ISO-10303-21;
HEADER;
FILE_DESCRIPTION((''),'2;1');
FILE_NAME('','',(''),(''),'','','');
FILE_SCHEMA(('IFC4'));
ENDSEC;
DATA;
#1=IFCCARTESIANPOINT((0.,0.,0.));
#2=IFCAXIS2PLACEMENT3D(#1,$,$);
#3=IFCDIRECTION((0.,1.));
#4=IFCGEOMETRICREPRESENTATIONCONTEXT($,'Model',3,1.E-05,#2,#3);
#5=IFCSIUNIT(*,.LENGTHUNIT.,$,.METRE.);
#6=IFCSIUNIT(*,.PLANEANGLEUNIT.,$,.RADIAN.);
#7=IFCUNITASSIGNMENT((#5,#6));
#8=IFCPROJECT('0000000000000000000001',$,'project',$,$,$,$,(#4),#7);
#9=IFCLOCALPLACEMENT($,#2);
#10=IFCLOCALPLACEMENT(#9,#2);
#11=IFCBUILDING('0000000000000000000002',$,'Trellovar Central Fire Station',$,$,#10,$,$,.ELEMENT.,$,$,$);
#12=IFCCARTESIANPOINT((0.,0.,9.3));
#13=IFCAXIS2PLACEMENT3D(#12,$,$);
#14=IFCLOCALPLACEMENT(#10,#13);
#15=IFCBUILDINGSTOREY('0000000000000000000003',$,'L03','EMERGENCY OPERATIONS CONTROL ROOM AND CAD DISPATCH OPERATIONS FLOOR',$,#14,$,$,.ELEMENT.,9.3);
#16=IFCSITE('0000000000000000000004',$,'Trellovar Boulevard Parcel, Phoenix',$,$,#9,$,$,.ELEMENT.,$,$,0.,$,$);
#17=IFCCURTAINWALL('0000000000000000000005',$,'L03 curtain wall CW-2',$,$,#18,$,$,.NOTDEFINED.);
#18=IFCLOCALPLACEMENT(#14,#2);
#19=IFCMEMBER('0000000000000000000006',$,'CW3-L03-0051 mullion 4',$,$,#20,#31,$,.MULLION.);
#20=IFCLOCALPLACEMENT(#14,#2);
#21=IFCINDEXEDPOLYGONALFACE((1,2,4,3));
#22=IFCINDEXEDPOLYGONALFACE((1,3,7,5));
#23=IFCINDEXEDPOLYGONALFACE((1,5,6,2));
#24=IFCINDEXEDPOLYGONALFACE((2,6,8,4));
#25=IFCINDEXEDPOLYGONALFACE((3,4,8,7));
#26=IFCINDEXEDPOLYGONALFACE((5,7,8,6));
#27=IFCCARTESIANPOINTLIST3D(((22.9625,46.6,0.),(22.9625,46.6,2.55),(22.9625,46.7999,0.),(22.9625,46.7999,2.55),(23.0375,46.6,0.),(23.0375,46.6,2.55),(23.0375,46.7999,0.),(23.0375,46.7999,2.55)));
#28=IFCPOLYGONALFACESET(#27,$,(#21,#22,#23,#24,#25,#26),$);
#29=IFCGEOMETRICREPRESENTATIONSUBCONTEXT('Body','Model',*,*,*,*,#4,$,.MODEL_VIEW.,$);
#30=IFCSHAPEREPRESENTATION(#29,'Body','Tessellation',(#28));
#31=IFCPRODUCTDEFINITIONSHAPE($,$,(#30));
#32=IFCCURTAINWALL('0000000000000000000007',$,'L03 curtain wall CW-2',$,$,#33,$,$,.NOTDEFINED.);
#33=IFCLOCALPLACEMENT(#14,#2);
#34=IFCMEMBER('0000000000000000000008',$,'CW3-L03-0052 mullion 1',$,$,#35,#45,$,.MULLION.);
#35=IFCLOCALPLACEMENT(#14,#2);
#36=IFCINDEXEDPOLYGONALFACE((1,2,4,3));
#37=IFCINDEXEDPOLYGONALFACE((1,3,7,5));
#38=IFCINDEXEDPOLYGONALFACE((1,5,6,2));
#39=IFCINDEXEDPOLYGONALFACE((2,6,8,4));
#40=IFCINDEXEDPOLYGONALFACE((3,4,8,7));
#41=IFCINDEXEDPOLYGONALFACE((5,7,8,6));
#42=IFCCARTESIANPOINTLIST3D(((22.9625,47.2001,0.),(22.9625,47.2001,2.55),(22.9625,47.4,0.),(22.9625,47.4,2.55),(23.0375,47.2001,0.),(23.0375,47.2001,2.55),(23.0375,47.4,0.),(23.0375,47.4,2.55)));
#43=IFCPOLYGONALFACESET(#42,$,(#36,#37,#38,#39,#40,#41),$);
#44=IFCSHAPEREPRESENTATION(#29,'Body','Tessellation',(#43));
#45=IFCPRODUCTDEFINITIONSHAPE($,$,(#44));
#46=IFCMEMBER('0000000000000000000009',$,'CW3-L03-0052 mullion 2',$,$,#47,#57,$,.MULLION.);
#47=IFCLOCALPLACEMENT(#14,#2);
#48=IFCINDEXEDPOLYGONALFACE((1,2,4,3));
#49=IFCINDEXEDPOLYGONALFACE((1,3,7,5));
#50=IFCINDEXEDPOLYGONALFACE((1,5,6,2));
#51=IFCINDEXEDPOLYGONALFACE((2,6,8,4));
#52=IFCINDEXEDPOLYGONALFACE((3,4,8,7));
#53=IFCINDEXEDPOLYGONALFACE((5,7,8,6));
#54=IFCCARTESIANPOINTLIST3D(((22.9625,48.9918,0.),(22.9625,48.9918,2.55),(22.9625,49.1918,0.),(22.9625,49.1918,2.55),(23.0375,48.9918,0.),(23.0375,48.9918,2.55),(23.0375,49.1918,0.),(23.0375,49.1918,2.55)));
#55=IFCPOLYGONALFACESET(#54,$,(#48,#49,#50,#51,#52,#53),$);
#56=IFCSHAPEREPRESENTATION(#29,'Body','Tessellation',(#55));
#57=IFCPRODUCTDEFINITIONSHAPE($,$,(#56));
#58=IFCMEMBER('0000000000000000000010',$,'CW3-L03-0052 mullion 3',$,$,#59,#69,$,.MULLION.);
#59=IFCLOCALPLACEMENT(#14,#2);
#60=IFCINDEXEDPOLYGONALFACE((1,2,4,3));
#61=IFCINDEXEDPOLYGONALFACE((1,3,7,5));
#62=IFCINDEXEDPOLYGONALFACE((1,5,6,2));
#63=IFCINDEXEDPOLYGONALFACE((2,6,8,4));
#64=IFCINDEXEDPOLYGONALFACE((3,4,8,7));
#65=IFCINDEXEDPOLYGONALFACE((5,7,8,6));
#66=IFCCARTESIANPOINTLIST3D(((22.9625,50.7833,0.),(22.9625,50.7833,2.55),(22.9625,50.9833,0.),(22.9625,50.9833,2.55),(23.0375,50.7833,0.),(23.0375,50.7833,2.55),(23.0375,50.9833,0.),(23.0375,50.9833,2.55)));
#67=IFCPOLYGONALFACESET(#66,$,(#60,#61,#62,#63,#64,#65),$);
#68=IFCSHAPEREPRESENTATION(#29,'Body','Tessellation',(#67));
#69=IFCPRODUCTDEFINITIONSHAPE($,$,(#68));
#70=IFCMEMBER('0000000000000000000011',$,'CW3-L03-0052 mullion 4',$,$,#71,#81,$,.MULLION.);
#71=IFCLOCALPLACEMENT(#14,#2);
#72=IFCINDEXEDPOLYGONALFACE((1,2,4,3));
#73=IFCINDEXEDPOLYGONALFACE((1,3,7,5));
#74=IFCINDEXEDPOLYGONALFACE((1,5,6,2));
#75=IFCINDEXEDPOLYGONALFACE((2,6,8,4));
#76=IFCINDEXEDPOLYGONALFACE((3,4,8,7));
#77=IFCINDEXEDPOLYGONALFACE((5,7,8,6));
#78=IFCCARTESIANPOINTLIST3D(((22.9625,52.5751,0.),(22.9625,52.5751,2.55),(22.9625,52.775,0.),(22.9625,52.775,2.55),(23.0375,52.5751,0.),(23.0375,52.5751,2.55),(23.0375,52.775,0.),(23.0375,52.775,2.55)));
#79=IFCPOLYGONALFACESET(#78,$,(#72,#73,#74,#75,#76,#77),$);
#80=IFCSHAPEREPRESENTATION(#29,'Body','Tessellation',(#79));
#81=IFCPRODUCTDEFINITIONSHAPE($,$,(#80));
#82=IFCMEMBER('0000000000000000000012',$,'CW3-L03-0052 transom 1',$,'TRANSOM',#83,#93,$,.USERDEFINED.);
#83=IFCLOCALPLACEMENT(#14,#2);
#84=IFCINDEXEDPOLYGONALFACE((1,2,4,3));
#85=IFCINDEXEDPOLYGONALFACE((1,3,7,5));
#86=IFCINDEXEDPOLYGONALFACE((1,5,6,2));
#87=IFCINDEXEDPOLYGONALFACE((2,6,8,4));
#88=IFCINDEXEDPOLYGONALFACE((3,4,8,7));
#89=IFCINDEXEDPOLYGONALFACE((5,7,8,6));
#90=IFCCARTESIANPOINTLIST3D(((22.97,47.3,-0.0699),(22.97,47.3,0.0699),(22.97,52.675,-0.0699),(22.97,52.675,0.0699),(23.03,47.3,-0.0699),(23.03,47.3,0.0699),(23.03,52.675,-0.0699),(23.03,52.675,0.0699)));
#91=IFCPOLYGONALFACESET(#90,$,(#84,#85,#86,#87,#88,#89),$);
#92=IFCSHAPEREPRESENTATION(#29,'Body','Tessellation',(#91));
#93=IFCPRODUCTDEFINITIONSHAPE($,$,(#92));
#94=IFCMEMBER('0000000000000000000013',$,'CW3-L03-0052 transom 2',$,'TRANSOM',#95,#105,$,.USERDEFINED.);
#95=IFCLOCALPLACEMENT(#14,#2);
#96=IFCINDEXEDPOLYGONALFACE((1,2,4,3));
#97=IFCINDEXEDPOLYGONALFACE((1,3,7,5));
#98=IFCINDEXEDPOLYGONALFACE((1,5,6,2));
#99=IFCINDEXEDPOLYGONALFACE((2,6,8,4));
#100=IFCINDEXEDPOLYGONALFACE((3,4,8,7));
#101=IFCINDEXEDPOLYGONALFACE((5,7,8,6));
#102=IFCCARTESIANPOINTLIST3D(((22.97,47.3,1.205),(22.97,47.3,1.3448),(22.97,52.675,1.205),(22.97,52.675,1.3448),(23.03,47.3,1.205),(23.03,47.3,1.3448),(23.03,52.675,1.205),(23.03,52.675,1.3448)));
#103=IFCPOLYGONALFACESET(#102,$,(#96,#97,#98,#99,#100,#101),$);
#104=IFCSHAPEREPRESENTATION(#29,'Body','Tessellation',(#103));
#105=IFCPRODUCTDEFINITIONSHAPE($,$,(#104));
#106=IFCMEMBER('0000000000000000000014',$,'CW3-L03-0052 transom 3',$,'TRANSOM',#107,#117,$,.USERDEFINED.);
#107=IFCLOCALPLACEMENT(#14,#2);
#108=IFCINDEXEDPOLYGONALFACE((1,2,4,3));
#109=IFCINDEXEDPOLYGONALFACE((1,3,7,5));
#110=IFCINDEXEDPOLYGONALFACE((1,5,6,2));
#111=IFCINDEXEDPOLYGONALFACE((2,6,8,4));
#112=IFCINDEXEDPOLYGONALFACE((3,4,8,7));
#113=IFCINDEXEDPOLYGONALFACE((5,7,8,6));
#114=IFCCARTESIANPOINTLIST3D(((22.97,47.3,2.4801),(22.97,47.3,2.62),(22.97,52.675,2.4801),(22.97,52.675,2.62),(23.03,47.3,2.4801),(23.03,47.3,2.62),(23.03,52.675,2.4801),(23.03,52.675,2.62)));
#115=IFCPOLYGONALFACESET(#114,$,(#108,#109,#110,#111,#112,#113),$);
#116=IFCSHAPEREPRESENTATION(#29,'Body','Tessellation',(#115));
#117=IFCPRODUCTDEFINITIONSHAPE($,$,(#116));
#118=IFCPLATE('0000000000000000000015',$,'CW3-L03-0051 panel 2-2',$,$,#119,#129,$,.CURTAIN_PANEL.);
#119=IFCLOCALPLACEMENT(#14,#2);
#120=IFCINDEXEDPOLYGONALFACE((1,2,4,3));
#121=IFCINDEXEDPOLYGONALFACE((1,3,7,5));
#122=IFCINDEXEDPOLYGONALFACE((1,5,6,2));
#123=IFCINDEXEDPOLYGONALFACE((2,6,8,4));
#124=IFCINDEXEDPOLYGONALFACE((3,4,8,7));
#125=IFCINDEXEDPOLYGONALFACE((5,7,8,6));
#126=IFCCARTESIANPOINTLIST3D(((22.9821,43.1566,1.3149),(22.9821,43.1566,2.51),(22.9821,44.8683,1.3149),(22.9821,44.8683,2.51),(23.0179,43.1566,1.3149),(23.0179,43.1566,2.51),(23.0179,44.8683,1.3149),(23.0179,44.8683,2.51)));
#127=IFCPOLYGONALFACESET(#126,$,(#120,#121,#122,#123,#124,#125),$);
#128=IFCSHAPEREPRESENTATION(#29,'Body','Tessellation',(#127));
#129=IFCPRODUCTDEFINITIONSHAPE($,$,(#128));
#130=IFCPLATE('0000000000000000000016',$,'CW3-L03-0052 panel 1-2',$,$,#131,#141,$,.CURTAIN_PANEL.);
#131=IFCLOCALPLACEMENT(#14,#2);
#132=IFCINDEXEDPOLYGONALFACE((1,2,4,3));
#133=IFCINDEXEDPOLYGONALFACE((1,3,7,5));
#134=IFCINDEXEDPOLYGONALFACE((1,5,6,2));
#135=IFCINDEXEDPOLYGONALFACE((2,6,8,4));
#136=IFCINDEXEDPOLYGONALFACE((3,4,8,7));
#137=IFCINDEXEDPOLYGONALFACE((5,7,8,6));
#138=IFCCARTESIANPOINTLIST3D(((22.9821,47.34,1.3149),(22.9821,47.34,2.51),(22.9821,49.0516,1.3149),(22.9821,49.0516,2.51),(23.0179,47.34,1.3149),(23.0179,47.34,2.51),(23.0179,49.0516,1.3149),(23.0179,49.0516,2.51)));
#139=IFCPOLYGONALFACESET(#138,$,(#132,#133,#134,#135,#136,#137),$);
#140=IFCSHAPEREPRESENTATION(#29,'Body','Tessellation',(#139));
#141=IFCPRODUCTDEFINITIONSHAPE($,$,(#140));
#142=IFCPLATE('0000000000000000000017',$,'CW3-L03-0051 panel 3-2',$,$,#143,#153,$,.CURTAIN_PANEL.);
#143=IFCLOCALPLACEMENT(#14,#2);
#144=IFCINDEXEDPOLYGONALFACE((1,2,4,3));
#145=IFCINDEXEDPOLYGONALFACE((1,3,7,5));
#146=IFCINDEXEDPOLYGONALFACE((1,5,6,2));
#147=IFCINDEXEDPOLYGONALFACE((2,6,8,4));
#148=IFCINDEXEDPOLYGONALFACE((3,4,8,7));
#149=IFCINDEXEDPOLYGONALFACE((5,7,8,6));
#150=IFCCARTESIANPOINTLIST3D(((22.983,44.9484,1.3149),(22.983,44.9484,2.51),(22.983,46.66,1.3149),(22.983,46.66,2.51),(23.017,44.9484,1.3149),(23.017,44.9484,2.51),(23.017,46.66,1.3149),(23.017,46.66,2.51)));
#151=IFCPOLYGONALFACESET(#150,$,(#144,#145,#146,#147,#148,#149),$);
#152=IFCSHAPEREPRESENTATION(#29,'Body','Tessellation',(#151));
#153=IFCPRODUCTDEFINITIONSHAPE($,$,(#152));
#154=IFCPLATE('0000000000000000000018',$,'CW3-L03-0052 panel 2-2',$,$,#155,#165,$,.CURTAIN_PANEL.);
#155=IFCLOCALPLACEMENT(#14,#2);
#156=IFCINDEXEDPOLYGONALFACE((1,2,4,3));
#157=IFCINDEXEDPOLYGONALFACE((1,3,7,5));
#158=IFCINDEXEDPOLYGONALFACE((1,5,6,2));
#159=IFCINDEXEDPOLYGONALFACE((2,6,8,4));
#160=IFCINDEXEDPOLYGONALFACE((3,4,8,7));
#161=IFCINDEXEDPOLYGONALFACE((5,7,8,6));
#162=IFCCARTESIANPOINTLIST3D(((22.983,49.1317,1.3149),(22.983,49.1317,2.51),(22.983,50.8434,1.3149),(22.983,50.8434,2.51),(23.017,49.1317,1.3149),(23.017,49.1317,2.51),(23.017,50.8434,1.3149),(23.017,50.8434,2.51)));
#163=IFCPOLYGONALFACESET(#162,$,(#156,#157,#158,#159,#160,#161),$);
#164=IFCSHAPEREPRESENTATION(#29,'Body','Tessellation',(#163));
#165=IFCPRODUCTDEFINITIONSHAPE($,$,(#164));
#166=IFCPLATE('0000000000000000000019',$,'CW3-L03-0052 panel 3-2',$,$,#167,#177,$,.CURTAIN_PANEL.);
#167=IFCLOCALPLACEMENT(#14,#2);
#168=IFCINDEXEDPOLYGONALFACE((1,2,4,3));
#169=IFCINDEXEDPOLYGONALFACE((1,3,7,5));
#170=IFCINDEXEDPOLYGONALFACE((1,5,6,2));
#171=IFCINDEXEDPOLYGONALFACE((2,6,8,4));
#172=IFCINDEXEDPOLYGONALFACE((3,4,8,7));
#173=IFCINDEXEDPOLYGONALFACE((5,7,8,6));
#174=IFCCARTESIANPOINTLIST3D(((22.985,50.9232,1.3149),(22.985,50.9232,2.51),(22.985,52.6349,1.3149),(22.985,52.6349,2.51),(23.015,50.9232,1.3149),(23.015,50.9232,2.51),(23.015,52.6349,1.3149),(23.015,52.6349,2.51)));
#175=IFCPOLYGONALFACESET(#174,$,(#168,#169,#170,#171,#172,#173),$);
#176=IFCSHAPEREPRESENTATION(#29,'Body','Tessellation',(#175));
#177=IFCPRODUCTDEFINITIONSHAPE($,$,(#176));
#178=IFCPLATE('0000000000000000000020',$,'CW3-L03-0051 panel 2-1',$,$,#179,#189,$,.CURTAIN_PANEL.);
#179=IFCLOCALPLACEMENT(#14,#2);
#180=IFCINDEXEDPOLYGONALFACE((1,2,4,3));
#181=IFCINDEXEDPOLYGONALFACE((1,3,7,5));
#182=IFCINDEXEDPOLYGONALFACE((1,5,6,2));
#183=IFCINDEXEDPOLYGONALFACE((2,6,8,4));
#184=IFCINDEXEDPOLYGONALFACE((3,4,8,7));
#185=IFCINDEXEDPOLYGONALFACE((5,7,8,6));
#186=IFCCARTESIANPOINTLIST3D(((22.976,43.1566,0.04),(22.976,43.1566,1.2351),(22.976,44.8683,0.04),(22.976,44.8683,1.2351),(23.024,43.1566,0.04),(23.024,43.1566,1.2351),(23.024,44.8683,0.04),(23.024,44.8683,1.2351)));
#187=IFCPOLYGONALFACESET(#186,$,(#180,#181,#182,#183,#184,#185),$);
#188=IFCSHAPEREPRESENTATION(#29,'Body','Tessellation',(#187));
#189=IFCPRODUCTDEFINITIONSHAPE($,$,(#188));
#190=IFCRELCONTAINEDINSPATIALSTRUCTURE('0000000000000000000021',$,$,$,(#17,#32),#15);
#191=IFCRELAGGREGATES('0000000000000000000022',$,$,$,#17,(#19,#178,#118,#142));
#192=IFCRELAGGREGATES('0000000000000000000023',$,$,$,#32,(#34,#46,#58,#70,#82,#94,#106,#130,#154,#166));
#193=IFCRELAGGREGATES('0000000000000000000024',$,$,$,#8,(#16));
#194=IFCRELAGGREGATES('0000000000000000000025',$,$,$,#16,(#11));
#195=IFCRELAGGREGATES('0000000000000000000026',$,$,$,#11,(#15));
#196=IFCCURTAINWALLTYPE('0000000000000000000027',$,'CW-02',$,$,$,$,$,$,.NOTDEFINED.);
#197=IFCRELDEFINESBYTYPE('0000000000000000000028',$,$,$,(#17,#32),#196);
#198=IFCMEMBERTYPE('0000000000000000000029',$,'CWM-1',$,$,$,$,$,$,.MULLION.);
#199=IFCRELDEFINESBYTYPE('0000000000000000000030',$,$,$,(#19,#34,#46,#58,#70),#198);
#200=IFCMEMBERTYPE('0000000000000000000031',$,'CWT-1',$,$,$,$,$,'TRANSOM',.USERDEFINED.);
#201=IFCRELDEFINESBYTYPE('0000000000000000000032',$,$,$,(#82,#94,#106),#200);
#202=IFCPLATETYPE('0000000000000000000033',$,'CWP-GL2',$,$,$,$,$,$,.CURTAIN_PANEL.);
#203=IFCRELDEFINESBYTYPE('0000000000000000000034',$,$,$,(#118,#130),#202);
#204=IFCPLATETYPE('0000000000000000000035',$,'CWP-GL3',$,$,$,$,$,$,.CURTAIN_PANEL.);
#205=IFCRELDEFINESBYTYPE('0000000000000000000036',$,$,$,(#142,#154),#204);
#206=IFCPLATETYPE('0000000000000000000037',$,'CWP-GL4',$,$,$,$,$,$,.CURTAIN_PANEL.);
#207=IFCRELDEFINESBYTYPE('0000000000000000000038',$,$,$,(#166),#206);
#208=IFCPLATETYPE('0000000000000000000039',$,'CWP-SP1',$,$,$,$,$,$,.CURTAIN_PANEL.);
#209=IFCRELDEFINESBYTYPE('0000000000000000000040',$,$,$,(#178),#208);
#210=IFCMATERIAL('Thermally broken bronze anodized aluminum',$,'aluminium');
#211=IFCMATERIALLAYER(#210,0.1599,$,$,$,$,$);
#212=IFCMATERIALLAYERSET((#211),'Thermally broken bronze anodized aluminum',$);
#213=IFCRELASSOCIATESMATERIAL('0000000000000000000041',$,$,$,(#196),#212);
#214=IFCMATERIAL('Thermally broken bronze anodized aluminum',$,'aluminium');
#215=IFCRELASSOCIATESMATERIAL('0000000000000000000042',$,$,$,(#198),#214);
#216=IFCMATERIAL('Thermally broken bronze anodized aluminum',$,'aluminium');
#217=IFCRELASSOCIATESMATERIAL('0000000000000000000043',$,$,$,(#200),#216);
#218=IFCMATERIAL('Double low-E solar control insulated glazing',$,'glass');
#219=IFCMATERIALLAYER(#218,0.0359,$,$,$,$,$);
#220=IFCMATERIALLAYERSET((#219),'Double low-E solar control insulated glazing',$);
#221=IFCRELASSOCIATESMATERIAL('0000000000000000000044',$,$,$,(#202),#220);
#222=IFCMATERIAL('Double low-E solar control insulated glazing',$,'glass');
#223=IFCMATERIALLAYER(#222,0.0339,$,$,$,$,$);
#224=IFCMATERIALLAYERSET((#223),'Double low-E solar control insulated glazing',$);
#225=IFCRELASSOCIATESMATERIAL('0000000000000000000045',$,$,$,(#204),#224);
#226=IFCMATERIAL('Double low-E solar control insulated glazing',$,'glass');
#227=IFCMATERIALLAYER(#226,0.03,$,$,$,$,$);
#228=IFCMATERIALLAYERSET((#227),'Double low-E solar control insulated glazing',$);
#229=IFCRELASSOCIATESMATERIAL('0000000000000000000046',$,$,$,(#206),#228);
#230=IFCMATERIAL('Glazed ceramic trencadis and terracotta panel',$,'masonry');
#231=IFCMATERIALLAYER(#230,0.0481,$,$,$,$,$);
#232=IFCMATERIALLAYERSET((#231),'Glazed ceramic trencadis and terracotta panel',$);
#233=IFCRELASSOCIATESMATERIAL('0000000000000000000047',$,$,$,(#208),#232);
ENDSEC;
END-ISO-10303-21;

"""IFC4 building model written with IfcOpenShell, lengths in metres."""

from ifc_helpers import new_model, si_unit, direction, frame, origin, origin_2d, place, context, subcontext, project, spatial, rectangle, extrude, material, layer, layer_set, material_profile, profile_set, type_object, element, aggregate, save


model = new_model("IFC4")

# Units and contexts
model_context = context("Model", 3, precision=1e-05, world=origin(), true_north=direction((0.0, 1.0)))
body_context = subcontext(model_context, "Body", "Model", "MODEL_VIEW")
ifc_project = project(units=[si_unit("LENGTHUNIT", "METRE"), si_unit("PLANEANGLEUNIT", "RADIAN")], contexts=[model_context])

# Site, building, storey
site_placement = place(None, origin())
site = spatial("IfcSite", under=ifc_project, at=site_placement, Name="Trellovar Boulevard Parcel, Phoenix", CompositionType="ELEMENT", RefElevation=0.0)
building_placement = place(site_placement, origin())
building = spatial("IfcBuilding", under=site, at=building_placement, Name="Trellovar Central Fire Station", CompositionType="ELEMENT")
storey_placement = place(building_placement, frame((0.0, 0.0, 9.3)))
storey = spatial("IfcBuildingStorey", under=building, at=storey_placement, Name="L03", Description="EMERGENCY OPERATIONS CONTROL ROOM AND CAD DISPATCH OPERATIONS FLOOR", CompositionType="ELEMENT", Elevation=9.3)

# Curtain walls, members
ifc_material_1 = material(Name="Thermally broken bronze anodized aluminum", Category="aluminium")
ifc_layer_1 = layer(ifc_material_1, 0.1599)
ifc_layer_set_1 = layer_set([ifc_layer_1], Name="Thermally broken bronze anodized aluminum")
curtain_wall_type = type_object("IfcCurtainWallType", Name="CW-02", PredefinedType="NOTDEFINED", material=ifc_layer_set_1)
curtain_wall_1_placement = place(storey_placement, origin())
curtain_wall_1 = element("IfcCurtainWall", 1, at=curtain_wall_1_placement, inside=storey, type_object=curtain_wall_type, Name="L03 curtain wall CW-2", PredefinedType="NOTDEFINED")
ifc_material_2 = material(Name="Thermally broken bronze anodized aluminum", Category="aluminium")
ifc_material_profile_1 = material_profile(ifc_material_2, rectangle(XDim=0.075, YDim=0.2, at=origin_2d()), Name="ALU75X200")
ifc_profile_set_1 = profile_set([ifc_material_profile_1], Name="Thermally broken bronze anodized aluminum")
member_type_1 = type_object("IfcMemberType", Name="CWM-1", PredefinedType="MULLION", material=ifc_profile_set_1)
member_1_placement = place(storey_placement, frame((23.0, 46.7, 0.0), z_axis=(0.0, 0.0, 1.0), x_axis=(1.0, 0.0, 0.0)))
member_1 = element("IfcMember", 2, at=member_1_placement, type_object=member_type_1, Name="CW3-L03-0051 mullion 4", PredefinedType="MULLION", context=body_context, shape_type="SweptSolid", body=[
    extrude(rectangle(XDim=0.075, YDim=0.2, at=origin_2d()), origin(), (0.0, 0.0, 1.0), 2.55),
])
curtain_wall_2_placement = place(storey_placement, origin())
curtain_wall_2 = element("IfcCurtainWall", 3, at=curtain_wall_2_placement, inside=storey, type_object=curtain_wall_type, Name="L03 curtain wall CW-2", PredefinedType="NOTDEFINED")
member_2_placement = place(storey_placement, frame((23.0, 47.3, 0.0), z_axis=(0.0, 0.0, 1.0), x_axis=(1.0, 0.0, 0.0)))
member_2 = element("IfcMember", 4, at=member_2_placement, type_object=member_type_1, Name="CW3-L03-0052 mullion 1", PredefinedType="MULLION", context=body_context, shape_type="SweptSolid", body=[
    extrude(rectangle(XDim=0.075, YDim=0.2, at=origin_2d()), origin(), (0.0, 0.0, 1.0), 2.55),
])
member_3_placement = place(storey_placement, frame((23.0, 49.0918, 0.0), z_axis=(0.0, 0.0, 1.0), x_axis=(1.0, 0.0, 0.0)))
member_3 = element("IfcMember", 5, at=member_3_placement, type_object=member_type_1, Name="CW3-L03-0052 mullion 2", PredefinedType="MULLION", context=body_context, shape_type="SweptSolid", body=[
    extrude(rectangle(XDim=0.075, YDim=0.2, at=origin_2d()), origin(), (0.0, 0.0, 1.0), 2.55),
])
member_4_placement = place(storey_placement, frame((23.0, 50.8833, 0.0), z_axis=(0.0, 0.0, 1.0), x_axis=(1.0, 0.0, 0.0)))
member_4 = element("IfcMember", 6, at=member_4_placement, type_object=member_type_1, Name="CW3-L03-0052 mullion 3", PredefinedType="MULLION", context=body_context, shape_type="SweptSolid", body=[
    extrude(rectangle(XDim=0.075, YDim=0.2, at=origin_2d()), origin(), (0.0, 0.0, 1.0), 2.55),
])
member_5_placement = place(storey_placement, frame((23.0, 52.675, 0.0), z_axis=(0.0, 0.0, 1.0), x_axis=(1.0, 0.0, 0.0)))
member_5 = element("IfcMember", 7, at=member_5_placement, type_object=member_type_1, Name="CW3-L03-0052 mullion 4", PredefinedType="MULLION", context=body_context, shape_type="SweptSolid", body=[
    extrude(rectangle(XDim=0.075, YDim=0.2, at=origin_2d()), origin(), (0.0, 0.0, 1.0), 2.55),
])
ifc_material_3 = material(Name="Thermally broken bronze anodized aluminum", Category="aluminium")
ifc_material_profile_2 = material_profile(ifc_material_3, rectangle(XDim=0.0601, YDim=0.1399, at=origin_2d()), Name="ALU60X140")
ifc_profile_set_2 = profile_set([ifc_material_profile_2], Name="Thermally broken bronze anodized aluminum")
member_type_2 = type_object("IfcMemberType", Name="CWT-1", ElementType="TRANSOM", PredefinedType="USERDEFINED", material=ifc_profile_set_2)
member_6_placement = place(storey_placement, frame((23.0, 47.3, 0.0), z_axis=(0.0, 1.0, 0.0), x_axis=(-1.0, 0.0, 0.0)))
member_6 = element("IfcMember", 8, at=member_6_placement, type_object=member_type_2, Name="CW3-L03-0052 transom 1", ObjectType="TRANSOM", PredefinedType="USERDEFINED", context=body_context, shape_type="SweptSolid", body=[
    extrude(rectangle(XDim=0.0601, YDim=0.1399, at=origin_2d()), origin(), (0.0, 0.0, 1.0), 5.375),
])
member_7_placement = place(storey_placement, frame((23.0, 47.3, 1.2749), z_axis=(0.0, 1.0, 0.0), x_axis=(-1.0, 0.0, 0.0)))
member_7 = element("IfcMember", 9, at=member_7_placement, type_object=member_type_2, Name="CW3-L03-0052 transom 2", ObjectType="TRANSOM", PredefinedType="USERDEFINED", context=body_context, shape_type="SweptSolid", body=[
    extrude(rectangle(XDim=0.0601, YDim=0.1399, at=origin_2d()), origin(), (0.0, 0.0, 1.0), 5.375),
])
member_8_placement = place(storey_placement, frame((23.0, 47.3, 2.55), z_axis=(0.0, 1.0, 0.0), x_axis=(-1.0, 0.0, 0.0)))
member_8 = element("IfcMember", 10, at=member_8_placement, type_object=member_type_2, Name="CW3-L03-0052 transom 3", ObjectType="TRANSOM", PredefinedType="USERDEFINED", context=body_context, shape_type="SweptSolid", body=[
    extrude(rectangle(XDim=0.0601, YDim=0.1399, at=origin_2d()), origin(), (0.0, 0.0, 1.0), 5.375),
])

# Plates
ifc_material_4 = material(Name="Double low-E solar control insulated glazing", Category="glass")
ifc_layer_2 = layer(ifc_material_4, 0.0359)
ifc_layer_set_2 = layer_set([ifc_layer_2], Name="Double low-E solar control insulated glazing")
plate_type_1 = type_object("IfcPlateType", Name="CWP-GL2", PredefinedType="CURTAIN_PANEL", material=ifc_layer_set_2)
plate_1_placement = place(storey_placement, frame((23.0, 44.0125, 1.3149), z_axis=(0.0, 0.0, 1.0), x_axis=(0.0, 1.0, 0.0)))
plate_1 = element("IfcPlate", 11, at=plate_1_placement, type_object=plate_type_1, Name="CW3-L03-0051 panel 2-2", PredefinedType="CURTAIN_PANEL", context=body_context, shape_type="SweptSolid", body=[
    extrude(rectangle(XDim=1.7117, YDim=0.0359, at=origin_2d()), origin(), (0.0, 0.0, 1.0), 1.1951),
])
plate_2_placement = place(storey_placement, frame((23.0, 48.1958, 1.3149), z_axis=(0.0, 0.0, 1.0), x_axis=(0.0, 1.0, 0.0)))
plate_2 = element("IfcPlate", 12, at=plate_2_placement, type_object=plate_type_1, Name="CW3-L03-0052 panel 1-2", PredefinedType="CURTAIN_PANEL", context=body_context, shape_type="SweptSolid", body=[
    extrude(rectangle(XDim=1.7117, YDim=0.0359, at=origin_2d()), origin(), (0.0, 0.0, 1.0), 1.1951),
])
ifc_material_5 = material(Name="Double low-E solar control insulated glazing", Category="glass")
ifc_layer_3 = layer(ifc_material_5, 0.0339)
ifc_layer_set_3 = layer_set([ifc_layer_3], Name="Double low-E solar control insulated glazing")
plate_type_2 = type_object("IfcPlateType", Name="CWP-GL3", PredefinedType="CURTAIN_PANEL", material=ifc_layer_set_3)
plate_3_placement = place(storey_placement, frame((23.0, 45.8042, 1.3149), z_axis=(0.0, 0.0, 1.0), x_axis=(0.0, 1.0, 0.0)))
plate_3 = element("IfcPlate", 13, at=plate_3_placement, type_object=plate_type_2, Name="CW3-L03-0051 panel 3-2", PredefinedType="CURTAIN_PANEL", context=body_context, shape_type="SweptSolid", body=[
    extrude(rectangle(XDim=1.7117, YDim=0.0339, at=origin_2d()), origin(), (0.0, 0.0, 1.0), 1.1951),
])
plate_4_placement = place(storey_placement, frame((23.0, 49.9875, 1.3149), z_axis=(0.0, 0.0, 1.0), x_axis=(0.0, 1.0, 0.0)))
plate_4 = element("IfcPlate", 14, at=plate_4_placement, type_object=plate_type_2, Name="CW3-L03-0052 panel 2-2", PredefinedType="CURTAIN_PANEL", context=body_context, shape_type="SweptSolid", body=[
    extrude(rectangle(XDim=1.7117, YDim=0.0339, at=origin_2d()), origin(), (0.0, 0.0, 1.0), 1.1951),
])
ifc_material_6 = material(Name="Double low-E solar control insulated glazing", Category="glass")
ifc_layer_4 = layer(ifc_material_6, 0.03)
ifc_layer_set_4 = layer_set([ifc_layer_4], Name="Double low-E solar control insulated glazing")
plate_type_3 = type_object("IfcPlateType", Name="CWP-GL4", PredefinedType="CURTAIN_PANEL", material=ifc_layer_set_4)
plate_5_placement = place(storey_placement, frame((23.0, 51.7791, 1.3149), z_axis=(0.0, 0.0, 1.0), x_axis=(0.0, 1.0, 0.0)))
plate_5 = element("IfcPlate", 15, at=plate_5_placement, type_object=plate_type_3, Name="CW3-L03-0052 panel 3-2", PredefinedType="CURTAIN_PANEL", context=body_context, shape_type="SweptSolid", body=[
    extrude(rectangle(XDim=1.7117, YDim=0.03, at=origin_2d()), origin(), (0.0, 0.0, 1.0), 1.1951),
])
ifc_material_7 = material(Name="Glazed ceramic trencadis and terracotta panel", Category="masonry")
ifc_layer_5 = layer(ifc_material_7, 0.0481)
ifc_layer_set_5 = layer_set([ifc_layer_5], Name="Glazed ceramic trencadis and terracotta panel")
plate_type_4 = type_object("IfcPlateType", Name="CWP-SP1", PredefinedType="CURTAIN_PANEL", material=ifc_layer_set_5)
plate_6_placement = place(storey_placement, frame((23.0, 44.0125, 0.04), z_axis=(0.0, 0.0, 1.0), x_axis=(0.0, 1.0, 0.0)))
plate_6 = element("IfcPlate", 16, at=plate_6_placement, type_object=plate_type_4, Name="CW3-L03-0051 panel 2-1", PredefinedType="CURTAIN_PANEL", context=body_context, shape_type="SweptSolid", body=[
    extrude(rectangle(XDim=1.7117, YDim=0.0481, at=origin_2d()), origin(), (0.0, 0.0, 1.0), 1.1951),
])
aggregate(curtain_wall_1, [member_1, plate_6, plate_1, plate_3])
aggregate(curtain_wall_2, [member_2, member_3, member_4, member_5, member_6, member_7, member_8, plate_2, plate_4, plate_5])

save(model, "model.ifc")
